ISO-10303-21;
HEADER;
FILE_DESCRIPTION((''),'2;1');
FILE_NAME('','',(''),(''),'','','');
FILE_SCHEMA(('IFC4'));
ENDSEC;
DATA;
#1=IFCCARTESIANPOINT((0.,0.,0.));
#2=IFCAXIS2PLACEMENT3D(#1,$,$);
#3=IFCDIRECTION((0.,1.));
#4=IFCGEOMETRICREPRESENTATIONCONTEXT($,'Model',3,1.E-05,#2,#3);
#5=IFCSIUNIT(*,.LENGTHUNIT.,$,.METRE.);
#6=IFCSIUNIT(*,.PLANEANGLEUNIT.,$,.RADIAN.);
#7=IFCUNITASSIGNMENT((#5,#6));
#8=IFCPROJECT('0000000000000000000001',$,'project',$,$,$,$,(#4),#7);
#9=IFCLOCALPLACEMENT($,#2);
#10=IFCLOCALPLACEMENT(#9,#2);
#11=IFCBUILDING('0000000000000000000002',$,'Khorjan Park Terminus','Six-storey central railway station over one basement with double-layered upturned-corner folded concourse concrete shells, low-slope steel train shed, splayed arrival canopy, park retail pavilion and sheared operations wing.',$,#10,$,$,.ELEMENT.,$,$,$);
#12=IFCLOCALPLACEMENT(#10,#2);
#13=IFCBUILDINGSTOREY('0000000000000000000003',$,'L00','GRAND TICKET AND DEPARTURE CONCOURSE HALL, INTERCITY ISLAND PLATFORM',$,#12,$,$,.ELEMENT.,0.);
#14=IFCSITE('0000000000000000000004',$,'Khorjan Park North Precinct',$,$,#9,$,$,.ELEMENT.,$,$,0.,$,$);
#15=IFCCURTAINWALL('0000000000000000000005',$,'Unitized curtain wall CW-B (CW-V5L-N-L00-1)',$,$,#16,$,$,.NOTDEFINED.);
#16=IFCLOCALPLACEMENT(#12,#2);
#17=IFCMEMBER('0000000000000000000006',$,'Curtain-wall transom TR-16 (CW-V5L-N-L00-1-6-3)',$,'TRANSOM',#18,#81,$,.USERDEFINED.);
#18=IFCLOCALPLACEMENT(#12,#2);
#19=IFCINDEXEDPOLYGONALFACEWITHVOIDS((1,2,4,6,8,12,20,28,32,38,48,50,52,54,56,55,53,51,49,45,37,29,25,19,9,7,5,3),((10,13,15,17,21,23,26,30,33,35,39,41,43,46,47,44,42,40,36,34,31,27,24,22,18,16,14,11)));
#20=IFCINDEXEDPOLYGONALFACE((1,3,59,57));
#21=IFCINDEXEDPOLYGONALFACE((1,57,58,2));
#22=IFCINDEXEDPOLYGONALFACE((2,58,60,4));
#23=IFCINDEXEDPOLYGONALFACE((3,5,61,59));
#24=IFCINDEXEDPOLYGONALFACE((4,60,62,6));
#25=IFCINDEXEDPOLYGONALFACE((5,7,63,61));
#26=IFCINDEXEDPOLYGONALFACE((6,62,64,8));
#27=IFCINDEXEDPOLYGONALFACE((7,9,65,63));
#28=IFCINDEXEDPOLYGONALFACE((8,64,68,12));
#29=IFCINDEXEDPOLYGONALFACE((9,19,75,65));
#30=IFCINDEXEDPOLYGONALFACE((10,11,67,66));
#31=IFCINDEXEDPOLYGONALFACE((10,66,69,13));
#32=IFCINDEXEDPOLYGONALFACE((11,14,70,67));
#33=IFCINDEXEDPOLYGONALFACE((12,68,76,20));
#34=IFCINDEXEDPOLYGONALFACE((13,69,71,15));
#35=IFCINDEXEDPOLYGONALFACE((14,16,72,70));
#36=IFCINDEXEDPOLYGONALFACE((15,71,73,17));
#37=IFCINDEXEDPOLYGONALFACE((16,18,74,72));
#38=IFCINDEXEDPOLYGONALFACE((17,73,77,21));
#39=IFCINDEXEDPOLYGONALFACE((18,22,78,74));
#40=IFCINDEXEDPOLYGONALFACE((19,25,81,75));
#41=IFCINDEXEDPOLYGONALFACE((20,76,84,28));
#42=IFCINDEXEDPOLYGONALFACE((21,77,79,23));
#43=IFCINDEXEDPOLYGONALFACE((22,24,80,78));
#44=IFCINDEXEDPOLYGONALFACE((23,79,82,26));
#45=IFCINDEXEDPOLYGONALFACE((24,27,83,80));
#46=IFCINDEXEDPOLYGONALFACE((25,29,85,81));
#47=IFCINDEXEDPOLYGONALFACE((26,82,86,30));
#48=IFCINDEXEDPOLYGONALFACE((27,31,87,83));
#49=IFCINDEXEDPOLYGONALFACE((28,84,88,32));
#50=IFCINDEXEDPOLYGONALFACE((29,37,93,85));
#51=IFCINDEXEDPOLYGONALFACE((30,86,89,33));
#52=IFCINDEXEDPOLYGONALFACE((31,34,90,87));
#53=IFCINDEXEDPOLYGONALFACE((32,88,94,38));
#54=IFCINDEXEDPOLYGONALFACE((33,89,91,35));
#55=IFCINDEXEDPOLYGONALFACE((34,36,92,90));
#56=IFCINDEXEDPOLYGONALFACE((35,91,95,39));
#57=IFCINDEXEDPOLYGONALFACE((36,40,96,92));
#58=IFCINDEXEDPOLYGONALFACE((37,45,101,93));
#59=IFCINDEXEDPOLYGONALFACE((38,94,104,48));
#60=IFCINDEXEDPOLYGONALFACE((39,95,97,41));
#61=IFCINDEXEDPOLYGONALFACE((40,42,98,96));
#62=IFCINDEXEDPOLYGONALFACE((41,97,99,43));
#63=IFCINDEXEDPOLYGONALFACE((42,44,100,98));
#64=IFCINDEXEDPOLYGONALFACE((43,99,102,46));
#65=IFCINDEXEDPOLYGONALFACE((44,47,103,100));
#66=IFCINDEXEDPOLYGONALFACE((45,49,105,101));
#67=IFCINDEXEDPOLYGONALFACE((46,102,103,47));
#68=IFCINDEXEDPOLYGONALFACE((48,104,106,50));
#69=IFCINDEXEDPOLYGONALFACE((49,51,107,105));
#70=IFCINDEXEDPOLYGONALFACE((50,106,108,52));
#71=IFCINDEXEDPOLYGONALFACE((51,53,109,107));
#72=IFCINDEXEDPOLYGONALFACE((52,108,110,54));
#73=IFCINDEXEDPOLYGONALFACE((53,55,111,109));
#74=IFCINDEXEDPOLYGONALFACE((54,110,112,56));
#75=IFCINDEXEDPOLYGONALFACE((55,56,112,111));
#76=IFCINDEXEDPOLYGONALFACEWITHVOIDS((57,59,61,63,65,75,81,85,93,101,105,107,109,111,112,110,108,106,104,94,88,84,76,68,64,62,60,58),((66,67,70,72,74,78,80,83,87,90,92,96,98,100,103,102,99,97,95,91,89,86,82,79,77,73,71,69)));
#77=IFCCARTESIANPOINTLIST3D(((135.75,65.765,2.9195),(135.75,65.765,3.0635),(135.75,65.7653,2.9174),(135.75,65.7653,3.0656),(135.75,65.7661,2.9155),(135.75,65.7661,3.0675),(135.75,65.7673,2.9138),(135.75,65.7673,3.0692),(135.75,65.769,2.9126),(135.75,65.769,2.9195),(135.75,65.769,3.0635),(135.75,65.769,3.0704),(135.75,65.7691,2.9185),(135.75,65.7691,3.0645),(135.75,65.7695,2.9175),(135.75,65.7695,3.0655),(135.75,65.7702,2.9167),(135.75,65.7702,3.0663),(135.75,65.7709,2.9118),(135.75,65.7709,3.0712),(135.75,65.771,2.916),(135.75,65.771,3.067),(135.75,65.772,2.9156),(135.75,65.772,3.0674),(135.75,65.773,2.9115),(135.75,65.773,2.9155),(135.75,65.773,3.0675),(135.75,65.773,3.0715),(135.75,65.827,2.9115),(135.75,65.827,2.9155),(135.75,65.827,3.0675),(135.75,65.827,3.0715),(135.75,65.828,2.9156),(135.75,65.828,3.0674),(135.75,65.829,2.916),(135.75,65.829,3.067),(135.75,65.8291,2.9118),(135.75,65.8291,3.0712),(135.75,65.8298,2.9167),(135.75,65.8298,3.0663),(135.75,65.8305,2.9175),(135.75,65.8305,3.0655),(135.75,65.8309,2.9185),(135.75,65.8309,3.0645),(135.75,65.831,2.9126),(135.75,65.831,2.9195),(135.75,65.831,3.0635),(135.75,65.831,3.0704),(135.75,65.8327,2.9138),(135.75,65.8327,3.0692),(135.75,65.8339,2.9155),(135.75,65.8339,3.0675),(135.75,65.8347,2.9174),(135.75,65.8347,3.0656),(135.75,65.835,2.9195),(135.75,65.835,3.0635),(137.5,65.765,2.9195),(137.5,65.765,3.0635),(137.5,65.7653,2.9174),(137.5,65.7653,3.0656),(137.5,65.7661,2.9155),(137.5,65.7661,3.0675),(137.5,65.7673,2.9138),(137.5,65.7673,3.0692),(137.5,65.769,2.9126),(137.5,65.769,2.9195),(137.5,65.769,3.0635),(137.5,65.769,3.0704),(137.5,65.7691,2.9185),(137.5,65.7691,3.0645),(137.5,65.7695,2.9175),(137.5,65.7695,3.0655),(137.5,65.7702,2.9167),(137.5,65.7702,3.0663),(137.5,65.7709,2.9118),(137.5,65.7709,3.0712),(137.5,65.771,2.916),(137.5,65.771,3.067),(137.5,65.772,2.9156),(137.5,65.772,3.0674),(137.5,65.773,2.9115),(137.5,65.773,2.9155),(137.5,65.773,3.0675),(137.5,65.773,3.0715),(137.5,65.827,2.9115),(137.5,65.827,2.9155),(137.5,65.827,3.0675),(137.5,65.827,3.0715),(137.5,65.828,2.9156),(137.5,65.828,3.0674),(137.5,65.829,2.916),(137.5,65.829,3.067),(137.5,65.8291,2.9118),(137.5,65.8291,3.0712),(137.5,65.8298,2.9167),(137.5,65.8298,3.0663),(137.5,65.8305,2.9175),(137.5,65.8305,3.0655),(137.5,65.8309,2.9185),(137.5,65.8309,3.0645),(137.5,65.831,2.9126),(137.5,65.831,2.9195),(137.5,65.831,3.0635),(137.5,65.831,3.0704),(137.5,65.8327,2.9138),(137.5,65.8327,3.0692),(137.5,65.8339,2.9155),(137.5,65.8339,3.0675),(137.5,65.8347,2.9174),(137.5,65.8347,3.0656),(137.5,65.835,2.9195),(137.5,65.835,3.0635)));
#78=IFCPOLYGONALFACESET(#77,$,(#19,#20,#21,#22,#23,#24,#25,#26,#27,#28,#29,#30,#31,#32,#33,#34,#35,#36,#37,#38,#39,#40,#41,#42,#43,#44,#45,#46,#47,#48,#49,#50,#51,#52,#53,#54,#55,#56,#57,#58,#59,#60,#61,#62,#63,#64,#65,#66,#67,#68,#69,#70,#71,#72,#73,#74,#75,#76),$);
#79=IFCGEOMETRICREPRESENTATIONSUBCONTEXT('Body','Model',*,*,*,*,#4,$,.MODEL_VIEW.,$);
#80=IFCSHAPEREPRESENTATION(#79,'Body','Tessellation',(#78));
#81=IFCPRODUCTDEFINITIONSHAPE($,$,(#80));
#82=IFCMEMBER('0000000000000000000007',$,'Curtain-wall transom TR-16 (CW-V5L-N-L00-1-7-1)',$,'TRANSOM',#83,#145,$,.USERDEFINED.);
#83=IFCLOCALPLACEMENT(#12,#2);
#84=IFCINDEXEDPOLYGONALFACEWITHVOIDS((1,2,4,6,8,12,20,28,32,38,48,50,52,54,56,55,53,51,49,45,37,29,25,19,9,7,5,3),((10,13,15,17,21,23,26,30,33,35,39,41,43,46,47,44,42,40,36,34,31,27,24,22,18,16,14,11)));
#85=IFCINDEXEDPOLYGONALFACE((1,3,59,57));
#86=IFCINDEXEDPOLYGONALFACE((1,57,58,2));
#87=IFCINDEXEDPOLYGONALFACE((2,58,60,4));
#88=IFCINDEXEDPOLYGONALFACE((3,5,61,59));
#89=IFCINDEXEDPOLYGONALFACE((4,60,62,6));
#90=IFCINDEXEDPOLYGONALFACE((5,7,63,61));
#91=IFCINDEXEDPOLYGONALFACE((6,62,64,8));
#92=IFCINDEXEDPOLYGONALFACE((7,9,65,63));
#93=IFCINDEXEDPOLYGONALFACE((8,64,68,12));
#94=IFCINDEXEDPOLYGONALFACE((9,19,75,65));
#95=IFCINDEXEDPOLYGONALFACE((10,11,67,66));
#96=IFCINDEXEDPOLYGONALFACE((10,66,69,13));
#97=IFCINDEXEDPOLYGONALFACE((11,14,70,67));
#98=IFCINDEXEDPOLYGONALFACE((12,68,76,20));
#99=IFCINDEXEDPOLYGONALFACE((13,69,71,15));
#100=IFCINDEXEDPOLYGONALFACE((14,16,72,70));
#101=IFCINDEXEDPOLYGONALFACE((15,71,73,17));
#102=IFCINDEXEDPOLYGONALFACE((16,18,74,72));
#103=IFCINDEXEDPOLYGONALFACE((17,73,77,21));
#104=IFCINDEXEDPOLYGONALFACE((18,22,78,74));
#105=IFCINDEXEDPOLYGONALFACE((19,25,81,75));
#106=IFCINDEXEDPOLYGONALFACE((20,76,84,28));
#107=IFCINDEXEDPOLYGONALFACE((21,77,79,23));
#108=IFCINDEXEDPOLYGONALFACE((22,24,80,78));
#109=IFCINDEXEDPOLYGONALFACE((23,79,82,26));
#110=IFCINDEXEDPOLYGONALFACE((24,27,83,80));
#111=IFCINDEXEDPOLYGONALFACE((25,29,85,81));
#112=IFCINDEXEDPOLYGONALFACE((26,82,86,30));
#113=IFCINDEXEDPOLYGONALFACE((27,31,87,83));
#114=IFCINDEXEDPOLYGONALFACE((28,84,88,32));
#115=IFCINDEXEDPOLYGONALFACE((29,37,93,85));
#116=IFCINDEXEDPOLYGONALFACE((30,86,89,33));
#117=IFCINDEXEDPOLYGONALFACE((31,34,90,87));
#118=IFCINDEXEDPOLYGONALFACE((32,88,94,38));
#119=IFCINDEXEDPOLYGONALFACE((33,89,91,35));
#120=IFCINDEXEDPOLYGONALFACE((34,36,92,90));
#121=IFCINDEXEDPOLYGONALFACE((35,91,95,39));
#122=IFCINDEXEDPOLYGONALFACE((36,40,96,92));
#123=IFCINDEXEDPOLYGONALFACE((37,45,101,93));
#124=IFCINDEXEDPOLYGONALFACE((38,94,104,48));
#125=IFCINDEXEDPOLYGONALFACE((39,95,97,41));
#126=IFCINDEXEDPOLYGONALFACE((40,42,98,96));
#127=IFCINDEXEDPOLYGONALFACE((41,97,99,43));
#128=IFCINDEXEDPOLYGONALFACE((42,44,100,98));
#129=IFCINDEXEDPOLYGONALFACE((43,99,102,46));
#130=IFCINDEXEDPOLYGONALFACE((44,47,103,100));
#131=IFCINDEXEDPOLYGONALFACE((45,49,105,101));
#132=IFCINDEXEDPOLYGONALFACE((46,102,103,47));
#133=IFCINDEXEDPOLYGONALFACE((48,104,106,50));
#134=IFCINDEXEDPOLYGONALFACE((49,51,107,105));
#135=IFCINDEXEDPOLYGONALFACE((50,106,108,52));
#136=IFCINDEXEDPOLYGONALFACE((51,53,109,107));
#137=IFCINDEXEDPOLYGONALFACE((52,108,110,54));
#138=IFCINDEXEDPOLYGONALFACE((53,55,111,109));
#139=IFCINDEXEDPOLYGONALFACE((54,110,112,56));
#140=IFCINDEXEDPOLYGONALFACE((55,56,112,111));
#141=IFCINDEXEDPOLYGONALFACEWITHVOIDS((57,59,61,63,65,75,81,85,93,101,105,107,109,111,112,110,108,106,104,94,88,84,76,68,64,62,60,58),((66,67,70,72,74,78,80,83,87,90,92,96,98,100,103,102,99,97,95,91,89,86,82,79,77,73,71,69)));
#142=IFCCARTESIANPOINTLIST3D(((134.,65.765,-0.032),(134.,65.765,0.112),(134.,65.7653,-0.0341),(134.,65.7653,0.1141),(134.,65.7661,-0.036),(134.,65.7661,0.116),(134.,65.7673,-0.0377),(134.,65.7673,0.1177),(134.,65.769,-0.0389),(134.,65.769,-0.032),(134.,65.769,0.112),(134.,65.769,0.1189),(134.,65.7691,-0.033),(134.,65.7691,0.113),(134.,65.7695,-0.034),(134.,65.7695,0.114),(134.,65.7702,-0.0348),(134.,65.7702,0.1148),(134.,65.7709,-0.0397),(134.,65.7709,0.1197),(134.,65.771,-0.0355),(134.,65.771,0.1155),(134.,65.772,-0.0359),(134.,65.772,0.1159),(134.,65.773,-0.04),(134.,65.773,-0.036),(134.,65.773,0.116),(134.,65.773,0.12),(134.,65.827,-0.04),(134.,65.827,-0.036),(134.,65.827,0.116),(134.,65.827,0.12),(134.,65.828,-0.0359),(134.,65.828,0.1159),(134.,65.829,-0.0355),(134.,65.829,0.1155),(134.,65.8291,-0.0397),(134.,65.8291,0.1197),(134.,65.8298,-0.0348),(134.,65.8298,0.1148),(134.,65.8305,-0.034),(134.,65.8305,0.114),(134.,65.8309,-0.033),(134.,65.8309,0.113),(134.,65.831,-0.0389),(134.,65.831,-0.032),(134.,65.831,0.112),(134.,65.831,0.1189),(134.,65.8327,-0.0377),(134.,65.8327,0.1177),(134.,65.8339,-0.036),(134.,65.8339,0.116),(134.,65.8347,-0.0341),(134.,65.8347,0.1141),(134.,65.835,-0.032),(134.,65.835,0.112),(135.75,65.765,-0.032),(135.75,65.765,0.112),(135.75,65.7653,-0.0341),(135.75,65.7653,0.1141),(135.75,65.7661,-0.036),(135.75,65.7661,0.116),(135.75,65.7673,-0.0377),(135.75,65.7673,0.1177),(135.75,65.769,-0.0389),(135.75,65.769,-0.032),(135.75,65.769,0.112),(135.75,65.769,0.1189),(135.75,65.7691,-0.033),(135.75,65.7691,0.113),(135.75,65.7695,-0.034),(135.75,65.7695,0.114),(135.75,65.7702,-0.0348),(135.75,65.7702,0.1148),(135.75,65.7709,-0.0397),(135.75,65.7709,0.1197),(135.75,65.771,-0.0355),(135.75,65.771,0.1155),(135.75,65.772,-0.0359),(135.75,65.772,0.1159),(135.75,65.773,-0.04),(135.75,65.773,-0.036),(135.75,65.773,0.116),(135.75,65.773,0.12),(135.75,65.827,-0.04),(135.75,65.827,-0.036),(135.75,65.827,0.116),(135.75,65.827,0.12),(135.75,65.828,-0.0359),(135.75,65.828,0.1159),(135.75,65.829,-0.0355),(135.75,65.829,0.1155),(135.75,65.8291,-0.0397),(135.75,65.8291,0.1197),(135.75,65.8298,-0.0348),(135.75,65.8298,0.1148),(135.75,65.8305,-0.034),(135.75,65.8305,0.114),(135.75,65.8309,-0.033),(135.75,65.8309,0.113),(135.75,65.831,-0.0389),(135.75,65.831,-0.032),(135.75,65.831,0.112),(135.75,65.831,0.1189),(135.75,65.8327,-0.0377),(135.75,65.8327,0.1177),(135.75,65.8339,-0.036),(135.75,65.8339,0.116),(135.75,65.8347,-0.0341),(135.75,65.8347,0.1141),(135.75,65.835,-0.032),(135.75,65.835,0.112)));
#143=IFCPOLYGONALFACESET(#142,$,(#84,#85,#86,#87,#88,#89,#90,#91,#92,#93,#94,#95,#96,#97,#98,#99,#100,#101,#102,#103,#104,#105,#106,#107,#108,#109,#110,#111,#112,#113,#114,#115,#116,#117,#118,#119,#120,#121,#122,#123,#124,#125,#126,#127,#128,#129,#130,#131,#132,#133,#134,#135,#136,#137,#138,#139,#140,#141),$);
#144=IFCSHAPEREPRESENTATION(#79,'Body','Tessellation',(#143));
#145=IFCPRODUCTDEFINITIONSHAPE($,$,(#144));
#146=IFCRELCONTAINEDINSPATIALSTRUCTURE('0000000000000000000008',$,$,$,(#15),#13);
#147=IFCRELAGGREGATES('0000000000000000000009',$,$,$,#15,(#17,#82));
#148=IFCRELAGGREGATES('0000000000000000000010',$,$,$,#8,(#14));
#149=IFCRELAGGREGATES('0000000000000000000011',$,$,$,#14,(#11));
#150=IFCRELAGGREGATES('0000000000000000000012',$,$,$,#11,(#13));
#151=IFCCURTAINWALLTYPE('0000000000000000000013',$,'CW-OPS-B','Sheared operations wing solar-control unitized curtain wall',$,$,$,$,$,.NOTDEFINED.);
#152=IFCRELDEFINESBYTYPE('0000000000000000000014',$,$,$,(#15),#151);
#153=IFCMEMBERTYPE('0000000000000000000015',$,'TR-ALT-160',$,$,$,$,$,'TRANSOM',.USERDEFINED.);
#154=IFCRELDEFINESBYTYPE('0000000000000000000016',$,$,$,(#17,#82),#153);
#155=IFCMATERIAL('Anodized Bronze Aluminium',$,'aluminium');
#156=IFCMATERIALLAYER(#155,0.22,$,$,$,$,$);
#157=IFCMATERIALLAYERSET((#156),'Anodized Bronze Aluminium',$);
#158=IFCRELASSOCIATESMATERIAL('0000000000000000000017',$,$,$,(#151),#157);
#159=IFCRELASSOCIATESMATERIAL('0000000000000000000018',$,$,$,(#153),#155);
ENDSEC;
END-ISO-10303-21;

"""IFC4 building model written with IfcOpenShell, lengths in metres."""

from ifc_helpers import new_model, si_unit, direction, frame, origin, origin_2d, place, context, subcontext, project, spatial, hollow_rectangle, extrude, material, layer, layer_set, material_profile, profile_set, type_object, element, aggregate, save


model = new_model("IFC4")

# Units and contexts
model_context = context("Model", 3, precision=1e-05, world=origin(), true_north=direction((0.0, 1.0)))
body_context = subcontext(model_context, "Body", "Model", "MODEL_VIEW")
ifc_project = project(units=[si_unit("LENGTHUNIT", "METRE"), si_unit("PLANEANGLEUNIT", "RADIAN")], contexts=[model_context])

# Site, building, storey
site_placement = place(None, origin())
site = spatial("IfcSite", under=ifc_project, at=site_placement, Name="Khorjan Park North Precinct", CompositionType="ELEMENT", RefElevation=0.0)
building_placement = place(site_placement, origin())
building = spatial("IfcBuilding", under=site, at=building_placement, Name="Khorjan Park Terminus", Description="Six-storey central railway station over one basement with double-layered upturned-corner folded concourse concrete shells, low-slope steel train shed, splayed arrival canopy, park retail pavilion and sheared operations wing.", CompositionType="ELEMENT")
storey_placement = place(building_placement, origin())
storey = spatial("IfcBuildingStorey", under=building, at=storey_placement, Name="L00", Description="GRAND TICKET AND DEPARTURE CONCOURSE HALL, INTERCITY ISLAND PLATFORM", CompositionType="ELEMENT", Elevation=0.0)

# Curtain wall
ifc_material_1 = material(Name="Anodized Bronze Aluminium", Category="aluminium")
ifc_layer_1 = layer(ifc_material_1, 0.22)
ifc_layer_set_1 = layer_set([ifc_layer_1], Name="Anodized Bronze Aluminium")
curtain_wall_type_1 = type_object("IfcCurtainWallType", Name="CW-OPS-B", Description="Sheared operations wing solar-control unitized curtain wall", PredefinedType="NOTDEFINED", material=ifc_layer_set_1)
curtain_wall_1_placement = place(storey_placement, origin())
curtain_wall_1 = element("IfcCurtainWall", 1, at=curtain_wall_1_placement, inside=storey, type_object=curtain_wall_type_1, Name="Unitized curtain wall CW-B (CW-V5L-N-L00-1)", PredefinedType="NOTDEFINED")

# Members
ifc_material_profile_1 = material_profile(ifc_material_1, hollow_rectangle(XDim=0.07, YDim=0.16, WallThickness=0.004, InnerFilletRadius=0.004, OuterFilletRadius=0.008, at=origin_2d()), Name="ALT 70x160x4")
ifc_profile_set_1 = profile_set([ifc_material_profile_1], Name="Anodized Bronze Aluminium")
member_type_1 = type_object("IfcMemberType", Name="TR-ALT-160", ElementType="TRANSOM", PredefinedType="USERDEFINED", material=ifc_profile_set_1)
member_1_placement = place(storey_placement, frame((137.5, 65.8, 2.9915), z_axis=(-1.0, 0.0, 0.0), x_axis=(0.0, -1.0, 0.0)))
member_1 = element("IfcMember", 2, at=member_1_placement, type_object=member_type_1, Name="Curtain-wall transom TR-16 (CW-V5L-N-L00-1-6-3)", ObjectType="TRANSOM", PredefinedType="USERDEFINED", context=body_context, shape_type="SweptSolid", body=[
    extrude(hollow_rectangle(XDim=0.07, YDim=0.16, WallThickness=0.004, InnerFilletRadius=0.004, OuterFilletRadius=0.008, at=origin_2d()), origin(), (0.0, 0.0, 1.0), 1.75),
])
member_2_placement = place(storey_placement, frame((135.75, 65.8, 0.04), z_axis=(-1.0, 0.0, 0.0), x_axis=(0.0, -1.0, 0.0)))
member_2 = element("IfcMember", 3, at=member_2_placement, type_object=member_type_1, Name="Curtain-wall transom TR-16 (CW-V5L-N-L00-1-7-1)", ObjectType="TRANSOM", PredefinedType="USERDEFINED", context=body_context, shape_type="SweptSolid", body=[
    extrude(hollow_rectangle(XDim=0.07, YDim=0.16, WallThickness=0.004, InnerFilletRadius=0.004, OuterFilletRadius=0.008, at=origin_2d()), origin(), (0.0, 0.0, 1.0), 1.75),
])

aggregate(curtain_wall_1, [member_1, member_2])

save(model, "model.ifc")
